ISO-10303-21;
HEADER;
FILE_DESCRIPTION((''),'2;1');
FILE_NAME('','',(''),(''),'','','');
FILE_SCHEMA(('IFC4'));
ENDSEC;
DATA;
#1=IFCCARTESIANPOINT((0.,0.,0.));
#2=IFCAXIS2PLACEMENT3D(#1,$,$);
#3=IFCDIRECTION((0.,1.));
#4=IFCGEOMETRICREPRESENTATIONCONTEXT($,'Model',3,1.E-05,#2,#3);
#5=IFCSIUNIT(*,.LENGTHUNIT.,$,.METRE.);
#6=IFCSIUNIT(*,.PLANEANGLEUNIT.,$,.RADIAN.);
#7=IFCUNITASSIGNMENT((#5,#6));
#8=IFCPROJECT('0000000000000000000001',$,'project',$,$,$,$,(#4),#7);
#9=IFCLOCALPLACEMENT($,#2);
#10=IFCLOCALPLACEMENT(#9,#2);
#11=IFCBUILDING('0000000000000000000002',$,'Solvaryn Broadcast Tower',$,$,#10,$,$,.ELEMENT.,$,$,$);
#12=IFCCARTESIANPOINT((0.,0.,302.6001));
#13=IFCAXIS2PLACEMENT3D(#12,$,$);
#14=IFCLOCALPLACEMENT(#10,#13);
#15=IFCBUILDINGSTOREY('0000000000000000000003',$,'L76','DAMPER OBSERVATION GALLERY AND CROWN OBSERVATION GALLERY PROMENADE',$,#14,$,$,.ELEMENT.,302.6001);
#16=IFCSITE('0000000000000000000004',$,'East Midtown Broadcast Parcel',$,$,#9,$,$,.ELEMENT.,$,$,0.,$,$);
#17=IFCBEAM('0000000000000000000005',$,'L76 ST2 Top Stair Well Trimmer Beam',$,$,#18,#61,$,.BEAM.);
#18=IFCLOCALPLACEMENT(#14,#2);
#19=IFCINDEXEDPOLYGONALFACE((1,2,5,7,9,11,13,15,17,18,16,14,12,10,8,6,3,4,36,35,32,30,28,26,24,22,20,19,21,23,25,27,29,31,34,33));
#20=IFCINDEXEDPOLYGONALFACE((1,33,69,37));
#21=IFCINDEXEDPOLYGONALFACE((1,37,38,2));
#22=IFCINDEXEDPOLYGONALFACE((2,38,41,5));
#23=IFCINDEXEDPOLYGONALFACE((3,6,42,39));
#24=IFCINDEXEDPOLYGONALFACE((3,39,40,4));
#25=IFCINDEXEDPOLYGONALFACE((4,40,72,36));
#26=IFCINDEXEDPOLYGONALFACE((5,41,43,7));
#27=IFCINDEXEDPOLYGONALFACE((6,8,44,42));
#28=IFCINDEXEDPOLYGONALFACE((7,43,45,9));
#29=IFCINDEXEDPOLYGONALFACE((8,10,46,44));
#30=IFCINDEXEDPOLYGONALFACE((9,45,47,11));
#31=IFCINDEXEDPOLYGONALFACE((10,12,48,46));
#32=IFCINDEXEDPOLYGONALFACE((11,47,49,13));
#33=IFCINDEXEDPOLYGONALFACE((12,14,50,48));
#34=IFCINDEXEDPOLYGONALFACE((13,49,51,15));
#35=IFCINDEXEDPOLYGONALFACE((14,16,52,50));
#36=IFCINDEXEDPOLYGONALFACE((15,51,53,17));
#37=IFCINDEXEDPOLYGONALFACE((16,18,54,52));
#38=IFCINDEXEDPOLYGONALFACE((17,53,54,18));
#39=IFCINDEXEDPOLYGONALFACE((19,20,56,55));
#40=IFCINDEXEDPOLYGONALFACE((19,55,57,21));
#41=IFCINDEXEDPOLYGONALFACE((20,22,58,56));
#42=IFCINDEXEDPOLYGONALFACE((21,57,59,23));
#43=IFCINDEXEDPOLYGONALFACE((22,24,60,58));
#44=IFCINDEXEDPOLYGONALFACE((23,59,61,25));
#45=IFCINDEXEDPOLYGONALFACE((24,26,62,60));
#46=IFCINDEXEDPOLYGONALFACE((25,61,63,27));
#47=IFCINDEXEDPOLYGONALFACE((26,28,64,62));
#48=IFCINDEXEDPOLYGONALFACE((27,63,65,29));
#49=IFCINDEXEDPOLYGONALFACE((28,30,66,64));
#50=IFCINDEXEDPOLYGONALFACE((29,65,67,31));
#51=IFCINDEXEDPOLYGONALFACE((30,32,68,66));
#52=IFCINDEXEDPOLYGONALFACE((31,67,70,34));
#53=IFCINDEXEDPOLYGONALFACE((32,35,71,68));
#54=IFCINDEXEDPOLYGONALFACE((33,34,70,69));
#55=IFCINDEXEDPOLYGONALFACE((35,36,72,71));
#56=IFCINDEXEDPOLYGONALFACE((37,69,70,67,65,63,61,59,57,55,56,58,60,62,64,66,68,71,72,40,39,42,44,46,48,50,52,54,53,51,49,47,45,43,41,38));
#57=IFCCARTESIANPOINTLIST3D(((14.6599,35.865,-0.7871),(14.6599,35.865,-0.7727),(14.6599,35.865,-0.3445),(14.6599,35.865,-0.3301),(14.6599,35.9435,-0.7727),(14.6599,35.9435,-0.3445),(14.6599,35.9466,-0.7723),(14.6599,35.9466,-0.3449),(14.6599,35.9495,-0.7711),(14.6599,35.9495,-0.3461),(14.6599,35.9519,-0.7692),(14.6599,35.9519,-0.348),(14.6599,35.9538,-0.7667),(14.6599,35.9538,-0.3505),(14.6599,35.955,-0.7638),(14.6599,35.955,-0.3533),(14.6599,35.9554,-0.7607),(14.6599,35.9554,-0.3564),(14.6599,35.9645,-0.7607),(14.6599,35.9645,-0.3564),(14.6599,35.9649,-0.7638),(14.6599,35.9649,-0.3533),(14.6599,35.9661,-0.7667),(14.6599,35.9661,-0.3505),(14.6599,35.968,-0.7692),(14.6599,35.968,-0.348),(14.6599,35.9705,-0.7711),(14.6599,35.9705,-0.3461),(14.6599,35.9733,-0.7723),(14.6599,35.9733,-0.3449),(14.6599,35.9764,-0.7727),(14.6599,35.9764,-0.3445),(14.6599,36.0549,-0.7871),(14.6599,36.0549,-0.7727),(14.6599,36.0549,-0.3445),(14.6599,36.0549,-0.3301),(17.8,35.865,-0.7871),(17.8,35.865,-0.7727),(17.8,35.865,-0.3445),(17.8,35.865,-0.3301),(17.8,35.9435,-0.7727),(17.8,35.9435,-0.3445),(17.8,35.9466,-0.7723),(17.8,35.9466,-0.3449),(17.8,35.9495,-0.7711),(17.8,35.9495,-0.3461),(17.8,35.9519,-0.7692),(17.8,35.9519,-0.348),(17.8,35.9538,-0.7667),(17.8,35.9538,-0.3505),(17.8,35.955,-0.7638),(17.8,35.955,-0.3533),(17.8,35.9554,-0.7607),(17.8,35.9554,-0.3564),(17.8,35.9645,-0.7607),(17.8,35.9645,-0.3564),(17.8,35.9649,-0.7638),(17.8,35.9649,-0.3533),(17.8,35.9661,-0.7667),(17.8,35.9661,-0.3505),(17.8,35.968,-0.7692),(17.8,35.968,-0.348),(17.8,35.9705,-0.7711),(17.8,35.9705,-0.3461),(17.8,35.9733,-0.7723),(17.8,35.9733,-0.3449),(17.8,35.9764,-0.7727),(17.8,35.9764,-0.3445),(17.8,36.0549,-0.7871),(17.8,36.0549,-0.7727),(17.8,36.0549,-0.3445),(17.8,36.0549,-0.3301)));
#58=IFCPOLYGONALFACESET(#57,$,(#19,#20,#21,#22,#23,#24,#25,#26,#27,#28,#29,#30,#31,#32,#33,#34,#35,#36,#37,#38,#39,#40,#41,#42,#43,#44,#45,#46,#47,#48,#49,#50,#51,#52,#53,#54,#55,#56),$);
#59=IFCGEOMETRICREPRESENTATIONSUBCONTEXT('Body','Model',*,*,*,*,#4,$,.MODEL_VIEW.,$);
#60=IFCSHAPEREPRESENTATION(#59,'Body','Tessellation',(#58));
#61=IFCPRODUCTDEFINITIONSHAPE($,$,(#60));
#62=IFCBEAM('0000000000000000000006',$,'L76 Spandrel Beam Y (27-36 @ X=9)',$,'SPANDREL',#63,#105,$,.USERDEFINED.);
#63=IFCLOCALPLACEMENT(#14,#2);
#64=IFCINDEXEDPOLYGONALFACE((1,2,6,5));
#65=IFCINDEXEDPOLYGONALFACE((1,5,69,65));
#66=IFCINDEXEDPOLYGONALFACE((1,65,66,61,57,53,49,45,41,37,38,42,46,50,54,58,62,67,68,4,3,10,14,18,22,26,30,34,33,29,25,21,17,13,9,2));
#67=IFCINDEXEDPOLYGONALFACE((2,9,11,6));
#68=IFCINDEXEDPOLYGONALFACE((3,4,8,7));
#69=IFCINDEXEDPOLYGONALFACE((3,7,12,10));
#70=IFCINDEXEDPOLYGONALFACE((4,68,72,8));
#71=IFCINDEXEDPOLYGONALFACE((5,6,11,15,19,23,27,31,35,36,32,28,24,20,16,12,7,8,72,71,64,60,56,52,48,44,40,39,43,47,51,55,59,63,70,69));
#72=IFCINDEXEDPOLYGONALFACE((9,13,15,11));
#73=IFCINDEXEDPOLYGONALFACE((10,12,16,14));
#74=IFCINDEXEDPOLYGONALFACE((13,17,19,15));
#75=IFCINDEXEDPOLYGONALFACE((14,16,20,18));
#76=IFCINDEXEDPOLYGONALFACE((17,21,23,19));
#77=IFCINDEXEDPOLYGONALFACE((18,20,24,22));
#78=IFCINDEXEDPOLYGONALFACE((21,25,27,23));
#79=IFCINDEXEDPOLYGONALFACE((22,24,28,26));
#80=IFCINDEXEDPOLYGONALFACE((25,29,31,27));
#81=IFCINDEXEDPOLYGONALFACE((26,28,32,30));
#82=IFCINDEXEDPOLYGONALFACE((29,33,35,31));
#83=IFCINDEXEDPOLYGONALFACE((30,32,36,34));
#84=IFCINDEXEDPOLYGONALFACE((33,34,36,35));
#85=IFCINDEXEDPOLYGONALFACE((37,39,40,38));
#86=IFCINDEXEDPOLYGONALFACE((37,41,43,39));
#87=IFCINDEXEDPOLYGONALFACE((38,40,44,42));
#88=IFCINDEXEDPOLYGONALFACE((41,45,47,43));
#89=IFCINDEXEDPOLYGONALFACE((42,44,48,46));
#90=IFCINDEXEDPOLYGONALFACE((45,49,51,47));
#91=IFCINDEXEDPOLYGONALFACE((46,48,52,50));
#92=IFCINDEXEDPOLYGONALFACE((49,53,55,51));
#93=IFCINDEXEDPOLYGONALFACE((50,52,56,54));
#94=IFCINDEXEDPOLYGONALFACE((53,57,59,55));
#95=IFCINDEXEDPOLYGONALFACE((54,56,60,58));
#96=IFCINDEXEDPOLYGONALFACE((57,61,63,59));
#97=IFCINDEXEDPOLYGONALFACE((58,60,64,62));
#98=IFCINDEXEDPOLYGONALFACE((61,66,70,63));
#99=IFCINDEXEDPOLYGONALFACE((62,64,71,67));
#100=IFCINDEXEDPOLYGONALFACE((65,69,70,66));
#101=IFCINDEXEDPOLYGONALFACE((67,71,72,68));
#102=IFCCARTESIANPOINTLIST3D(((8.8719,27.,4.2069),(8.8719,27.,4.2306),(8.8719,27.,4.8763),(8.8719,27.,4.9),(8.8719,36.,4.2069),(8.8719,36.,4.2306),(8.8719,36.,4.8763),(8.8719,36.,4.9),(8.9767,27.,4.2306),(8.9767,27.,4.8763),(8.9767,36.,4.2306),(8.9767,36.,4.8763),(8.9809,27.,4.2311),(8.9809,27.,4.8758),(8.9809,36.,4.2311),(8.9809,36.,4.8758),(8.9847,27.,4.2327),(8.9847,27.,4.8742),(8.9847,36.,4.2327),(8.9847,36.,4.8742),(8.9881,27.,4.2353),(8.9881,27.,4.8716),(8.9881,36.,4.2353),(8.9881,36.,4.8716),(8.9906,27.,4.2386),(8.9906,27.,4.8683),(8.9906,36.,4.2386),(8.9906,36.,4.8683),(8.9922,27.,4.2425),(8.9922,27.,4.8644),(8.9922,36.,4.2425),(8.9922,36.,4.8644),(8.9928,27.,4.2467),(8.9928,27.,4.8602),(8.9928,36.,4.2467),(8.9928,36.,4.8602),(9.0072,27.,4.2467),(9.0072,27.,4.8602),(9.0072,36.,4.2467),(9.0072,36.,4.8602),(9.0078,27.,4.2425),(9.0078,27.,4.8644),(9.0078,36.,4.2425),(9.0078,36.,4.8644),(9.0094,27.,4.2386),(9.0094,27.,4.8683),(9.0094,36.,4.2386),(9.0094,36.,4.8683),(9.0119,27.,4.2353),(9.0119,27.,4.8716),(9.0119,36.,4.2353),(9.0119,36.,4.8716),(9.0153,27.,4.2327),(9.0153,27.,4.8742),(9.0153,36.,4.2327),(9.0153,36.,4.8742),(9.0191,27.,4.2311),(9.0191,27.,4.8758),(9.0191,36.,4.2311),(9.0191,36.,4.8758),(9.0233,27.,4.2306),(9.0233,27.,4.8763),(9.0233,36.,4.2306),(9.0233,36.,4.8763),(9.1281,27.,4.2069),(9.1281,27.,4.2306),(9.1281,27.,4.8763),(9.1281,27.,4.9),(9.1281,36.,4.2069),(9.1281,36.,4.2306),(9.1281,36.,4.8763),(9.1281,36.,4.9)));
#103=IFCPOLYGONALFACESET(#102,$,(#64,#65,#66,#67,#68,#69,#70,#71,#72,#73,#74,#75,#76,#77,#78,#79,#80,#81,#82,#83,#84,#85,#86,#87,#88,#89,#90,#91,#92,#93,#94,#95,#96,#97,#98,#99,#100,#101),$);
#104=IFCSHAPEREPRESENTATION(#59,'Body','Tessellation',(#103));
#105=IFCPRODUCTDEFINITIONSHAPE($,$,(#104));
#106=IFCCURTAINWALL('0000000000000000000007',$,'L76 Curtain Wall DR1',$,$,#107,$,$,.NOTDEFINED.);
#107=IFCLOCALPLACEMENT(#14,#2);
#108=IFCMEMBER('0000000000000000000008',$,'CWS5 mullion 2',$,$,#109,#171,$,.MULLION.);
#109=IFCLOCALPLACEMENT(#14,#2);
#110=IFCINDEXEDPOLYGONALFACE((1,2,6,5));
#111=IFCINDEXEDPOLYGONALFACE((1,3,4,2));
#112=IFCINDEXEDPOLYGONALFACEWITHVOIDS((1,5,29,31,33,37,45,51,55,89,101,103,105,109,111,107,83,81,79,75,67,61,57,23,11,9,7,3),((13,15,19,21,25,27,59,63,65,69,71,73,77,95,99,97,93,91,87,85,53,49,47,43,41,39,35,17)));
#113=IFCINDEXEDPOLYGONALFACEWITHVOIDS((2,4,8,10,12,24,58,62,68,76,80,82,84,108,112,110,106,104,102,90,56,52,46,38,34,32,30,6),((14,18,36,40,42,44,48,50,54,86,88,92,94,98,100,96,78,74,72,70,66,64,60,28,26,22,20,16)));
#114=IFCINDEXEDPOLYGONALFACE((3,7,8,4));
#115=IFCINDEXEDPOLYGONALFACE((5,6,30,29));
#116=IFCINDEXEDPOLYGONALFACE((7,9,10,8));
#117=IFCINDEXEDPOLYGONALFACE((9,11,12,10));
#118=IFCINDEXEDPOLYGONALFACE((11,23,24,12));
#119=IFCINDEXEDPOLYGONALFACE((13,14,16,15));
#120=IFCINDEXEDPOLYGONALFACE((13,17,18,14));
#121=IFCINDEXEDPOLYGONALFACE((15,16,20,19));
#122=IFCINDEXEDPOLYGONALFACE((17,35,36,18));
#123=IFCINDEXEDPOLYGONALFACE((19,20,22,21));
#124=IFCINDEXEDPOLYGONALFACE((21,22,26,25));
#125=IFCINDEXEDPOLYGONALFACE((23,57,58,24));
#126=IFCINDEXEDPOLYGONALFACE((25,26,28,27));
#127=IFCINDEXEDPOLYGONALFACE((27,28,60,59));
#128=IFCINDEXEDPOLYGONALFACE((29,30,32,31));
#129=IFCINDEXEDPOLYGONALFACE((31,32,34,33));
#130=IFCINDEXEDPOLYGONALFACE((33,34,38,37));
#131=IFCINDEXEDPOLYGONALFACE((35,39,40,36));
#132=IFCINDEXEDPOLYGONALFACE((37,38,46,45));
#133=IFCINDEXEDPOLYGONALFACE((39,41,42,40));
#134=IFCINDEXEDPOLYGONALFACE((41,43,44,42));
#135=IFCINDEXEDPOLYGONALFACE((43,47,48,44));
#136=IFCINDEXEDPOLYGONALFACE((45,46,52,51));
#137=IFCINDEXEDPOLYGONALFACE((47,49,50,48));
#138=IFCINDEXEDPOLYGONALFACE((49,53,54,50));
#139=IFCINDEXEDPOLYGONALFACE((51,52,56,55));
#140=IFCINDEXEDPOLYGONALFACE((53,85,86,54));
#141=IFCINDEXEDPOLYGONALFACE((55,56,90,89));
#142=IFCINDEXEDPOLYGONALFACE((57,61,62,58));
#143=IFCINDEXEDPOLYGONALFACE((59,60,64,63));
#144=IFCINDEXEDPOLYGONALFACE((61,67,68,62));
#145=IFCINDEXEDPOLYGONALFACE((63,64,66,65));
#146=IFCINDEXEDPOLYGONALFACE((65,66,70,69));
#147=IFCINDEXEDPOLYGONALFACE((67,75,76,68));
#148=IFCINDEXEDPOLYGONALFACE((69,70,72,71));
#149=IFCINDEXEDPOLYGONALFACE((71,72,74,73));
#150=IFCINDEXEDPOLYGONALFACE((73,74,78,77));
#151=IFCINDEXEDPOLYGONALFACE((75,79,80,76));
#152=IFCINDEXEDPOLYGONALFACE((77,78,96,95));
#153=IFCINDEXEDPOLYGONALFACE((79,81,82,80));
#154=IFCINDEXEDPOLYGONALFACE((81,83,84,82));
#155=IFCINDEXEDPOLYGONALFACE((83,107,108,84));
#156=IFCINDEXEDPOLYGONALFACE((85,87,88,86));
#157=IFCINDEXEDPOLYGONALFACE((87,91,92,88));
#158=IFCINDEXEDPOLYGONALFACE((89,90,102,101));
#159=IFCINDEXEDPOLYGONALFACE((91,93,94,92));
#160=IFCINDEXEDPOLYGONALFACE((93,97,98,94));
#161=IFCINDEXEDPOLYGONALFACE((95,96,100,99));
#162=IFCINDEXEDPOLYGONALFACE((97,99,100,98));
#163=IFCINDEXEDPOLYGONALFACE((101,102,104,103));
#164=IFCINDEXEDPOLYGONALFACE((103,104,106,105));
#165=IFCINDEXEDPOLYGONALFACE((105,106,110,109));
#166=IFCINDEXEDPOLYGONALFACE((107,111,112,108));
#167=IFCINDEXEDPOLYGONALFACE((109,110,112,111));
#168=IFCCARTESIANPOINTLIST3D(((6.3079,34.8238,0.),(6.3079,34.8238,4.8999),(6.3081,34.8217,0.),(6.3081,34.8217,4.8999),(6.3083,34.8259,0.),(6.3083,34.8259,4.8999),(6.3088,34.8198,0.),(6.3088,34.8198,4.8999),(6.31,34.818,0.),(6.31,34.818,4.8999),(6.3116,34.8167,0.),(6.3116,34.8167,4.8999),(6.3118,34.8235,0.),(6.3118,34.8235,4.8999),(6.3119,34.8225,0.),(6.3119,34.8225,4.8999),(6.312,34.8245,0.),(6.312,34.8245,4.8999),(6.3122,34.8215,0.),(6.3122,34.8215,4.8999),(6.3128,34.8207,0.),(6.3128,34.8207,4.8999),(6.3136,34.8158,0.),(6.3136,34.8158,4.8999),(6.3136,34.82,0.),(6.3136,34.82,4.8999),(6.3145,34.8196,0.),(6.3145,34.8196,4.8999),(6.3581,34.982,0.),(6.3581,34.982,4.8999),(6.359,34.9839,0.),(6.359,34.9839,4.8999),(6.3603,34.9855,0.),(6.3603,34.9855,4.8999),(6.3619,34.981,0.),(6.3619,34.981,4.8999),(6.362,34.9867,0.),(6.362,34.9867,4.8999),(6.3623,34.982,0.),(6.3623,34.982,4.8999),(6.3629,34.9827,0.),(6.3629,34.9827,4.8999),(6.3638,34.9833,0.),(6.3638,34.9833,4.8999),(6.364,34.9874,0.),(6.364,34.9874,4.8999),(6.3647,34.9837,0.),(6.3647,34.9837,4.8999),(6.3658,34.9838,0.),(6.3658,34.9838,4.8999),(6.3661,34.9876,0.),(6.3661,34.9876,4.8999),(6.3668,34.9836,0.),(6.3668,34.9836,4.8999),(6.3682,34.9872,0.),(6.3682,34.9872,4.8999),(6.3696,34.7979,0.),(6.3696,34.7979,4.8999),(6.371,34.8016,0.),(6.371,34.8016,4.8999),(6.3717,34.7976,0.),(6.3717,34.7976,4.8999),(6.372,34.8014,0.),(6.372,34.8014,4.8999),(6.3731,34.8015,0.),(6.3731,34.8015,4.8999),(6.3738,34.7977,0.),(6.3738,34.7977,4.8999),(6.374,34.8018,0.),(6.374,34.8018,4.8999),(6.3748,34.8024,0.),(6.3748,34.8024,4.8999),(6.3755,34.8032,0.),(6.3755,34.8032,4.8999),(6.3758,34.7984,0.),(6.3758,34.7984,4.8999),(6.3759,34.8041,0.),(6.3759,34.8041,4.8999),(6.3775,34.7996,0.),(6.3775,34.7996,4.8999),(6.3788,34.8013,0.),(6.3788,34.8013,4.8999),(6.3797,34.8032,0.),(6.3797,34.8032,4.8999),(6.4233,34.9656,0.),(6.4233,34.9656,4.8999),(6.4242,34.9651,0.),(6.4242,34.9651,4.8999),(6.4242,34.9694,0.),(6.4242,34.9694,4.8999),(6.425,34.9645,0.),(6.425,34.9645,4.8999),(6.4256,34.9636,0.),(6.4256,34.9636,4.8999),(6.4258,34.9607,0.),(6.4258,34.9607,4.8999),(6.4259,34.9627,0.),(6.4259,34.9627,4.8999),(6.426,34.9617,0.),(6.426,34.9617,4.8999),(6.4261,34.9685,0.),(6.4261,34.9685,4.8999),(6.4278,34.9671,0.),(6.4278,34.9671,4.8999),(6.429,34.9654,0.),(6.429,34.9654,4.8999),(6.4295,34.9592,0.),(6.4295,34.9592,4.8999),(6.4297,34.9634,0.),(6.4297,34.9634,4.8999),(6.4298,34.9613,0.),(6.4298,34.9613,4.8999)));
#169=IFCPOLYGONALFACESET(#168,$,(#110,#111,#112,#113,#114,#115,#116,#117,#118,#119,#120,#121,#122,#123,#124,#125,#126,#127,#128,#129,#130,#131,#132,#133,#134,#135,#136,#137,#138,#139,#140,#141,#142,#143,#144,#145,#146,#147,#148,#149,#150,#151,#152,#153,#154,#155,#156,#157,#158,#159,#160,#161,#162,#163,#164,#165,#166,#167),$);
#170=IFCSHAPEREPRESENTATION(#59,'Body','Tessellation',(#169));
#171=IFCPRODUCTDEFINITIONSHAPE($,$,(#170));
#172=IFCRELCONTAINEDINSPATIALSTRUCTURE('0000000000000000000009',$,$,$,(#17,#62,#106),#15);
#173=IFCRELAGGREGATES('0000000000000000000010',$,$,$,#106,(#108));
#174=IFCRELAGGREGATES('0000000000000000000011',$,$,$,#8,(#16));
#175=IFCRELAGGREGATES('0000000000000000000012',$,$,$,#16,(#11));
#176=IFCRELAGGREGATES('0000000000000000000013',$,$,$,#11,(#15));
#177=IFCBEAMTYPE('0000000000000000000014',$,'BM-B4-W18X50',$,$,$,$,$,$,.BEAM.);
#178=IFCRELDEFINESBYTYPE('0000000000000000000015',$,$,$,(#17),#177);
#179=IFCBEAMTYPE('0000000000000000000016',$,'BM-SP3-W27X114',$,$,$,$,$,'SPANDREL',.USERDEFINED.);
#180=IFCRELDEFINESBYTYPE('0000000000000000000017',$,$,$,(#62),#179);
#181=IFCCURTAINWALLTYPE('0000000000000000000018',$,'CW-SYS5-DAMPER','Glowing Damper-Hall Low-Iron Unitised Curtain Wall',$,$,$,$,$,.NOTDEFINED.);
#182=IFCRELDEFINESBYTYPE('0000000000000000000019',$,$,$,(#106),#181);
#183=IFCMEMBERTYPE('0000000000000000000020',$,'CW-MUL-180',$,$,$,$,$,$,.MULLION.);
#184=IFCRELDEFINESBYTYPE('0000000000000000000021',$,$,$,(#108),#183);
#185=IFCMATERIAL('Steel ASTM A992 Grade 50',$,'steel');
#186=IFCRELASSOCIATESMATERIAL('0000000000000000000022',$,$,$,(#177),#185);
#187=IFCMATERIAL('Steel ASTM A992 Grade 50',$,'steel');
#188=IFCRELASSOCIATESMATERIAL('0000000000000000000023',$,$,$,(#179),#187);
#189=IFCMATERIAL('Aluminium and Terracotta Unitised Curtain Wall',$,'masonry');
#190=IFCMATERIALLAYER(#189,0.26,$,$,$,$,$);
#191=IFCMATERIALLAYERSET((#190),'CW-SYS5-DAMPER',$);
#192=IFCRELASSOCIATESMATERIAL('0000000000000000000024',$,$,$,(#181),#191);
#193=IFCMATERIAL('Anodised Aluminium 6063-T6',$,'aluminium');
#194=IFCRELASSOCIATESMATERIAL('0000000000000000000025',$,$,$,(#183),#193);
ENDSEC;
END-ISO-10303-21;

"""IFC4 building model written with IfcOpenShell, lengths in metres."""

from ifc_helpers import new_model, si_unit, direction, frame, origin, origin_2d, place, context, subcontext, project, spatial, hollow_rectangle, i_section, extrude, material, layer, layer_set, material_profile, profile_set, type_object, element, aggregate, save


model = new_model("IFC4")

# Units and contexts
model_context = context("Model", 3, precision=1e-05, world=origin(), true_north=direction((0.0, 1.0)))
body_context = subcontext(model_context, "Body", "Model", "MODEL_VIEW")
ifc_project = project(units=[si_unit("LENGTHUNIT", "METRE"), si_unit("PLANEANGLEUNIT", "RADIAN")], contexts=[model_context])

# Site, building, storey
site_placement = place(None, origin())
site = spatial("IfcSite", under=ifc_project, at=site_placement, Name="East Midtown Broadcast Parcel", CompositionType="ELEMENT", RefElevation=0.0)
building_placement = place(site_placement, origin())
building = spatial("IfcBuilding", under=site, at=building_placement, Name="Solvaryn Broadcast Tower", CompositionType="ELEMENT")
storey_placement = place(building_placement, frame((0.0, 0.0, 302.6001)))
storey = spatial("IfcBuildingStorey", under=building, at=storey_placement, Name="L76", Description="DAMPER OBSERVATION GALLERY AND CROWN OBSERVATION GALLERY PROMENADE", CompositionType="ELEMENT", Elevation=302.6001)

# Beams
ifc_material_1 = material(Name="Steel ASTM A992 Grade 50", Category="steel")
ifc_material_profile_1 = material_profile(ifc_material_1, i_section(OverallWidth=0.1899, OverallDepth=0.457, WebThickness=0.009, FlangeThickness=0.0144, FilletRadius=0.012, at=origin_2d()))
ifc_profile_set_1 = profile_set([ifc_material_profile_1], Name="Steel ASTM A992 Grade 50")
beam_type_1 = type_object("IfcBeamType", Name="BM-B4-W18X50", PredefinedType="BEAM", material=ifc_profile_set_1)
beam_1_placement = place(storey_placement, frame((14.6599, 35.96, -0.5586), z_axis=(1.0, 0.0, 0.0), x_axis=(0.0, 1.0, 0.0)))
element("IfcBeam", 1, at=beam_1_placement, inside=storey, type_object=beam_type_1, Name="L76 ST2 Top Stair Well Trimmer Beam", PredefinedType="BEAM", context=body_context, shape_type="SweptSolid", body=[
    extrude(i_section(OverallWidth=0.1899, OverallDepth=0.457, WebThickness=0.009, FlangeThickness=0.0144, FilletRadius=0.012, at=origin_2d()), origin(), (0.0, 0.0, 1.0), 3.1401),
])
ifc_material_2 = material(Name="Steel ASTM A992 Grade 50", Category="steel")
ifc_material_profile_2 = material_profile(ifc_material_2, i_section(OverallWidth=0.2561, OverallDepth=0.6931, WebThickness=0.0144, FlangeThickness=0.0237, FilletRadius=0.0161, at=origin_2d()))
ifc_profile_set_2 = profile_set([ifc_material_profile_2], Name="Steel ASTM A992 Grade 50")
beam_type_2 = type_object("IfcBeamType", Name="BM-SP3-W27X114", ElementType="SPANDREL", PredefinedType="USERDEFINED", material=ifc_profile_set_2)
beam_2_placement = place(storey_placement, frame((9.0, 27.0, 4.5535), z_axis=(0.0, 1.0, 0.0), x_axis=(-1.0, 0.0, 0.0)))
element("IfcBeam", 2, at=beam_2_placement, inside=storey, type_object=beam_type_2, Name="L76 Spandrel Beam Y (27-36 @ X=9)", ObjectType="SPANDREL", PredefinedType="USERDEFINED", context=body_context, shape_type="SweptSolid", body=[
    extrude(i_section(OverallWidth=0.2561, OverallDepth=0.6931, WebThickness=0.0144, FlangeThickness=0.0237, FilletRadius=0.0161, at=origin_2d()), origin(), (0.0, 0.0, 1.0), 9.0),
])

# Curtain wall, member
ifc_material_3 = material(Name="Aluminium and Terracotta Unitised Curtain Wall", Category="masonry")
ifc_layer_1 = layer(ifc_material_3, 0.26)
ifc_layer_set_1 = layer_set([ifc_layer_1], Name="CW-SYS5-DAMPER")
curtain_wall_type = type_object("IfcCurtainWallType", Name="CW-SYS5-DAMPER", Description="Glowing Damper-Hall Low-Iron Unitised Curtain Wall", PredefinedType="NOTDEFINED", material=ifc_layer_set_1)
curtain_wall_1_placement = place(storey_placement, origin())
curtain_wall_1 = element("IfcCurtainWall", 3, at=curtain_wall_1_placement, inside=storey, type_object=curtain_wall_type, Name="L76 Curtain Wall DR1", PredefinedType="NOTDEFINED")
ifc_material_4 = material(Name="Anodised Aluminium 6063-T6", Category="aluminium")
ifc_material_profile_3 = material_profile(ifc_material_4, hollow_rectangle(XDim=0.075, YDim=0.1799, WallThickness=0.0039, InnerFilletRadius=0.0039, OuterFilletRadius=0.0081, at=origin_2d()))
ifc_profile_set_3 = profile_set([ifc_material_profile_3], Name="Anodised Aluminium 6063-T6")
member_type_1 = type_object("IfcMemberType", Name="CW-MUL-180", PredefinedType="MULLION", material=ifc_profile_set_3)
member_1_placement = place(storey_placement, frame((6.3689, 34.8926, 0.0), z_axis=(0.0, 0.0, 1.0), x_axis=(0.952795, -0.303616, 0.0)))
member_1 = element("IfcMember", 4, at=member_1_placement, type_object=member_type_1, Name="CWS5 mullion 2", PredefinedType="MULLION", context=body_context, shape_type="SweptSolid", body=[
    extrude(hollow_rectangle(XDim=0.075, YDim=0.1799, WallThickness=0.0039, InnerFilletRadius=0.0039, OuterFilletRadius=0.0081, at=origin_2d()), origin(), (0.0, 0.0, 1.0), 4.8999),
])

aggregate(curtain_wall_1, [member_1])

save(model, "model.ifc")
